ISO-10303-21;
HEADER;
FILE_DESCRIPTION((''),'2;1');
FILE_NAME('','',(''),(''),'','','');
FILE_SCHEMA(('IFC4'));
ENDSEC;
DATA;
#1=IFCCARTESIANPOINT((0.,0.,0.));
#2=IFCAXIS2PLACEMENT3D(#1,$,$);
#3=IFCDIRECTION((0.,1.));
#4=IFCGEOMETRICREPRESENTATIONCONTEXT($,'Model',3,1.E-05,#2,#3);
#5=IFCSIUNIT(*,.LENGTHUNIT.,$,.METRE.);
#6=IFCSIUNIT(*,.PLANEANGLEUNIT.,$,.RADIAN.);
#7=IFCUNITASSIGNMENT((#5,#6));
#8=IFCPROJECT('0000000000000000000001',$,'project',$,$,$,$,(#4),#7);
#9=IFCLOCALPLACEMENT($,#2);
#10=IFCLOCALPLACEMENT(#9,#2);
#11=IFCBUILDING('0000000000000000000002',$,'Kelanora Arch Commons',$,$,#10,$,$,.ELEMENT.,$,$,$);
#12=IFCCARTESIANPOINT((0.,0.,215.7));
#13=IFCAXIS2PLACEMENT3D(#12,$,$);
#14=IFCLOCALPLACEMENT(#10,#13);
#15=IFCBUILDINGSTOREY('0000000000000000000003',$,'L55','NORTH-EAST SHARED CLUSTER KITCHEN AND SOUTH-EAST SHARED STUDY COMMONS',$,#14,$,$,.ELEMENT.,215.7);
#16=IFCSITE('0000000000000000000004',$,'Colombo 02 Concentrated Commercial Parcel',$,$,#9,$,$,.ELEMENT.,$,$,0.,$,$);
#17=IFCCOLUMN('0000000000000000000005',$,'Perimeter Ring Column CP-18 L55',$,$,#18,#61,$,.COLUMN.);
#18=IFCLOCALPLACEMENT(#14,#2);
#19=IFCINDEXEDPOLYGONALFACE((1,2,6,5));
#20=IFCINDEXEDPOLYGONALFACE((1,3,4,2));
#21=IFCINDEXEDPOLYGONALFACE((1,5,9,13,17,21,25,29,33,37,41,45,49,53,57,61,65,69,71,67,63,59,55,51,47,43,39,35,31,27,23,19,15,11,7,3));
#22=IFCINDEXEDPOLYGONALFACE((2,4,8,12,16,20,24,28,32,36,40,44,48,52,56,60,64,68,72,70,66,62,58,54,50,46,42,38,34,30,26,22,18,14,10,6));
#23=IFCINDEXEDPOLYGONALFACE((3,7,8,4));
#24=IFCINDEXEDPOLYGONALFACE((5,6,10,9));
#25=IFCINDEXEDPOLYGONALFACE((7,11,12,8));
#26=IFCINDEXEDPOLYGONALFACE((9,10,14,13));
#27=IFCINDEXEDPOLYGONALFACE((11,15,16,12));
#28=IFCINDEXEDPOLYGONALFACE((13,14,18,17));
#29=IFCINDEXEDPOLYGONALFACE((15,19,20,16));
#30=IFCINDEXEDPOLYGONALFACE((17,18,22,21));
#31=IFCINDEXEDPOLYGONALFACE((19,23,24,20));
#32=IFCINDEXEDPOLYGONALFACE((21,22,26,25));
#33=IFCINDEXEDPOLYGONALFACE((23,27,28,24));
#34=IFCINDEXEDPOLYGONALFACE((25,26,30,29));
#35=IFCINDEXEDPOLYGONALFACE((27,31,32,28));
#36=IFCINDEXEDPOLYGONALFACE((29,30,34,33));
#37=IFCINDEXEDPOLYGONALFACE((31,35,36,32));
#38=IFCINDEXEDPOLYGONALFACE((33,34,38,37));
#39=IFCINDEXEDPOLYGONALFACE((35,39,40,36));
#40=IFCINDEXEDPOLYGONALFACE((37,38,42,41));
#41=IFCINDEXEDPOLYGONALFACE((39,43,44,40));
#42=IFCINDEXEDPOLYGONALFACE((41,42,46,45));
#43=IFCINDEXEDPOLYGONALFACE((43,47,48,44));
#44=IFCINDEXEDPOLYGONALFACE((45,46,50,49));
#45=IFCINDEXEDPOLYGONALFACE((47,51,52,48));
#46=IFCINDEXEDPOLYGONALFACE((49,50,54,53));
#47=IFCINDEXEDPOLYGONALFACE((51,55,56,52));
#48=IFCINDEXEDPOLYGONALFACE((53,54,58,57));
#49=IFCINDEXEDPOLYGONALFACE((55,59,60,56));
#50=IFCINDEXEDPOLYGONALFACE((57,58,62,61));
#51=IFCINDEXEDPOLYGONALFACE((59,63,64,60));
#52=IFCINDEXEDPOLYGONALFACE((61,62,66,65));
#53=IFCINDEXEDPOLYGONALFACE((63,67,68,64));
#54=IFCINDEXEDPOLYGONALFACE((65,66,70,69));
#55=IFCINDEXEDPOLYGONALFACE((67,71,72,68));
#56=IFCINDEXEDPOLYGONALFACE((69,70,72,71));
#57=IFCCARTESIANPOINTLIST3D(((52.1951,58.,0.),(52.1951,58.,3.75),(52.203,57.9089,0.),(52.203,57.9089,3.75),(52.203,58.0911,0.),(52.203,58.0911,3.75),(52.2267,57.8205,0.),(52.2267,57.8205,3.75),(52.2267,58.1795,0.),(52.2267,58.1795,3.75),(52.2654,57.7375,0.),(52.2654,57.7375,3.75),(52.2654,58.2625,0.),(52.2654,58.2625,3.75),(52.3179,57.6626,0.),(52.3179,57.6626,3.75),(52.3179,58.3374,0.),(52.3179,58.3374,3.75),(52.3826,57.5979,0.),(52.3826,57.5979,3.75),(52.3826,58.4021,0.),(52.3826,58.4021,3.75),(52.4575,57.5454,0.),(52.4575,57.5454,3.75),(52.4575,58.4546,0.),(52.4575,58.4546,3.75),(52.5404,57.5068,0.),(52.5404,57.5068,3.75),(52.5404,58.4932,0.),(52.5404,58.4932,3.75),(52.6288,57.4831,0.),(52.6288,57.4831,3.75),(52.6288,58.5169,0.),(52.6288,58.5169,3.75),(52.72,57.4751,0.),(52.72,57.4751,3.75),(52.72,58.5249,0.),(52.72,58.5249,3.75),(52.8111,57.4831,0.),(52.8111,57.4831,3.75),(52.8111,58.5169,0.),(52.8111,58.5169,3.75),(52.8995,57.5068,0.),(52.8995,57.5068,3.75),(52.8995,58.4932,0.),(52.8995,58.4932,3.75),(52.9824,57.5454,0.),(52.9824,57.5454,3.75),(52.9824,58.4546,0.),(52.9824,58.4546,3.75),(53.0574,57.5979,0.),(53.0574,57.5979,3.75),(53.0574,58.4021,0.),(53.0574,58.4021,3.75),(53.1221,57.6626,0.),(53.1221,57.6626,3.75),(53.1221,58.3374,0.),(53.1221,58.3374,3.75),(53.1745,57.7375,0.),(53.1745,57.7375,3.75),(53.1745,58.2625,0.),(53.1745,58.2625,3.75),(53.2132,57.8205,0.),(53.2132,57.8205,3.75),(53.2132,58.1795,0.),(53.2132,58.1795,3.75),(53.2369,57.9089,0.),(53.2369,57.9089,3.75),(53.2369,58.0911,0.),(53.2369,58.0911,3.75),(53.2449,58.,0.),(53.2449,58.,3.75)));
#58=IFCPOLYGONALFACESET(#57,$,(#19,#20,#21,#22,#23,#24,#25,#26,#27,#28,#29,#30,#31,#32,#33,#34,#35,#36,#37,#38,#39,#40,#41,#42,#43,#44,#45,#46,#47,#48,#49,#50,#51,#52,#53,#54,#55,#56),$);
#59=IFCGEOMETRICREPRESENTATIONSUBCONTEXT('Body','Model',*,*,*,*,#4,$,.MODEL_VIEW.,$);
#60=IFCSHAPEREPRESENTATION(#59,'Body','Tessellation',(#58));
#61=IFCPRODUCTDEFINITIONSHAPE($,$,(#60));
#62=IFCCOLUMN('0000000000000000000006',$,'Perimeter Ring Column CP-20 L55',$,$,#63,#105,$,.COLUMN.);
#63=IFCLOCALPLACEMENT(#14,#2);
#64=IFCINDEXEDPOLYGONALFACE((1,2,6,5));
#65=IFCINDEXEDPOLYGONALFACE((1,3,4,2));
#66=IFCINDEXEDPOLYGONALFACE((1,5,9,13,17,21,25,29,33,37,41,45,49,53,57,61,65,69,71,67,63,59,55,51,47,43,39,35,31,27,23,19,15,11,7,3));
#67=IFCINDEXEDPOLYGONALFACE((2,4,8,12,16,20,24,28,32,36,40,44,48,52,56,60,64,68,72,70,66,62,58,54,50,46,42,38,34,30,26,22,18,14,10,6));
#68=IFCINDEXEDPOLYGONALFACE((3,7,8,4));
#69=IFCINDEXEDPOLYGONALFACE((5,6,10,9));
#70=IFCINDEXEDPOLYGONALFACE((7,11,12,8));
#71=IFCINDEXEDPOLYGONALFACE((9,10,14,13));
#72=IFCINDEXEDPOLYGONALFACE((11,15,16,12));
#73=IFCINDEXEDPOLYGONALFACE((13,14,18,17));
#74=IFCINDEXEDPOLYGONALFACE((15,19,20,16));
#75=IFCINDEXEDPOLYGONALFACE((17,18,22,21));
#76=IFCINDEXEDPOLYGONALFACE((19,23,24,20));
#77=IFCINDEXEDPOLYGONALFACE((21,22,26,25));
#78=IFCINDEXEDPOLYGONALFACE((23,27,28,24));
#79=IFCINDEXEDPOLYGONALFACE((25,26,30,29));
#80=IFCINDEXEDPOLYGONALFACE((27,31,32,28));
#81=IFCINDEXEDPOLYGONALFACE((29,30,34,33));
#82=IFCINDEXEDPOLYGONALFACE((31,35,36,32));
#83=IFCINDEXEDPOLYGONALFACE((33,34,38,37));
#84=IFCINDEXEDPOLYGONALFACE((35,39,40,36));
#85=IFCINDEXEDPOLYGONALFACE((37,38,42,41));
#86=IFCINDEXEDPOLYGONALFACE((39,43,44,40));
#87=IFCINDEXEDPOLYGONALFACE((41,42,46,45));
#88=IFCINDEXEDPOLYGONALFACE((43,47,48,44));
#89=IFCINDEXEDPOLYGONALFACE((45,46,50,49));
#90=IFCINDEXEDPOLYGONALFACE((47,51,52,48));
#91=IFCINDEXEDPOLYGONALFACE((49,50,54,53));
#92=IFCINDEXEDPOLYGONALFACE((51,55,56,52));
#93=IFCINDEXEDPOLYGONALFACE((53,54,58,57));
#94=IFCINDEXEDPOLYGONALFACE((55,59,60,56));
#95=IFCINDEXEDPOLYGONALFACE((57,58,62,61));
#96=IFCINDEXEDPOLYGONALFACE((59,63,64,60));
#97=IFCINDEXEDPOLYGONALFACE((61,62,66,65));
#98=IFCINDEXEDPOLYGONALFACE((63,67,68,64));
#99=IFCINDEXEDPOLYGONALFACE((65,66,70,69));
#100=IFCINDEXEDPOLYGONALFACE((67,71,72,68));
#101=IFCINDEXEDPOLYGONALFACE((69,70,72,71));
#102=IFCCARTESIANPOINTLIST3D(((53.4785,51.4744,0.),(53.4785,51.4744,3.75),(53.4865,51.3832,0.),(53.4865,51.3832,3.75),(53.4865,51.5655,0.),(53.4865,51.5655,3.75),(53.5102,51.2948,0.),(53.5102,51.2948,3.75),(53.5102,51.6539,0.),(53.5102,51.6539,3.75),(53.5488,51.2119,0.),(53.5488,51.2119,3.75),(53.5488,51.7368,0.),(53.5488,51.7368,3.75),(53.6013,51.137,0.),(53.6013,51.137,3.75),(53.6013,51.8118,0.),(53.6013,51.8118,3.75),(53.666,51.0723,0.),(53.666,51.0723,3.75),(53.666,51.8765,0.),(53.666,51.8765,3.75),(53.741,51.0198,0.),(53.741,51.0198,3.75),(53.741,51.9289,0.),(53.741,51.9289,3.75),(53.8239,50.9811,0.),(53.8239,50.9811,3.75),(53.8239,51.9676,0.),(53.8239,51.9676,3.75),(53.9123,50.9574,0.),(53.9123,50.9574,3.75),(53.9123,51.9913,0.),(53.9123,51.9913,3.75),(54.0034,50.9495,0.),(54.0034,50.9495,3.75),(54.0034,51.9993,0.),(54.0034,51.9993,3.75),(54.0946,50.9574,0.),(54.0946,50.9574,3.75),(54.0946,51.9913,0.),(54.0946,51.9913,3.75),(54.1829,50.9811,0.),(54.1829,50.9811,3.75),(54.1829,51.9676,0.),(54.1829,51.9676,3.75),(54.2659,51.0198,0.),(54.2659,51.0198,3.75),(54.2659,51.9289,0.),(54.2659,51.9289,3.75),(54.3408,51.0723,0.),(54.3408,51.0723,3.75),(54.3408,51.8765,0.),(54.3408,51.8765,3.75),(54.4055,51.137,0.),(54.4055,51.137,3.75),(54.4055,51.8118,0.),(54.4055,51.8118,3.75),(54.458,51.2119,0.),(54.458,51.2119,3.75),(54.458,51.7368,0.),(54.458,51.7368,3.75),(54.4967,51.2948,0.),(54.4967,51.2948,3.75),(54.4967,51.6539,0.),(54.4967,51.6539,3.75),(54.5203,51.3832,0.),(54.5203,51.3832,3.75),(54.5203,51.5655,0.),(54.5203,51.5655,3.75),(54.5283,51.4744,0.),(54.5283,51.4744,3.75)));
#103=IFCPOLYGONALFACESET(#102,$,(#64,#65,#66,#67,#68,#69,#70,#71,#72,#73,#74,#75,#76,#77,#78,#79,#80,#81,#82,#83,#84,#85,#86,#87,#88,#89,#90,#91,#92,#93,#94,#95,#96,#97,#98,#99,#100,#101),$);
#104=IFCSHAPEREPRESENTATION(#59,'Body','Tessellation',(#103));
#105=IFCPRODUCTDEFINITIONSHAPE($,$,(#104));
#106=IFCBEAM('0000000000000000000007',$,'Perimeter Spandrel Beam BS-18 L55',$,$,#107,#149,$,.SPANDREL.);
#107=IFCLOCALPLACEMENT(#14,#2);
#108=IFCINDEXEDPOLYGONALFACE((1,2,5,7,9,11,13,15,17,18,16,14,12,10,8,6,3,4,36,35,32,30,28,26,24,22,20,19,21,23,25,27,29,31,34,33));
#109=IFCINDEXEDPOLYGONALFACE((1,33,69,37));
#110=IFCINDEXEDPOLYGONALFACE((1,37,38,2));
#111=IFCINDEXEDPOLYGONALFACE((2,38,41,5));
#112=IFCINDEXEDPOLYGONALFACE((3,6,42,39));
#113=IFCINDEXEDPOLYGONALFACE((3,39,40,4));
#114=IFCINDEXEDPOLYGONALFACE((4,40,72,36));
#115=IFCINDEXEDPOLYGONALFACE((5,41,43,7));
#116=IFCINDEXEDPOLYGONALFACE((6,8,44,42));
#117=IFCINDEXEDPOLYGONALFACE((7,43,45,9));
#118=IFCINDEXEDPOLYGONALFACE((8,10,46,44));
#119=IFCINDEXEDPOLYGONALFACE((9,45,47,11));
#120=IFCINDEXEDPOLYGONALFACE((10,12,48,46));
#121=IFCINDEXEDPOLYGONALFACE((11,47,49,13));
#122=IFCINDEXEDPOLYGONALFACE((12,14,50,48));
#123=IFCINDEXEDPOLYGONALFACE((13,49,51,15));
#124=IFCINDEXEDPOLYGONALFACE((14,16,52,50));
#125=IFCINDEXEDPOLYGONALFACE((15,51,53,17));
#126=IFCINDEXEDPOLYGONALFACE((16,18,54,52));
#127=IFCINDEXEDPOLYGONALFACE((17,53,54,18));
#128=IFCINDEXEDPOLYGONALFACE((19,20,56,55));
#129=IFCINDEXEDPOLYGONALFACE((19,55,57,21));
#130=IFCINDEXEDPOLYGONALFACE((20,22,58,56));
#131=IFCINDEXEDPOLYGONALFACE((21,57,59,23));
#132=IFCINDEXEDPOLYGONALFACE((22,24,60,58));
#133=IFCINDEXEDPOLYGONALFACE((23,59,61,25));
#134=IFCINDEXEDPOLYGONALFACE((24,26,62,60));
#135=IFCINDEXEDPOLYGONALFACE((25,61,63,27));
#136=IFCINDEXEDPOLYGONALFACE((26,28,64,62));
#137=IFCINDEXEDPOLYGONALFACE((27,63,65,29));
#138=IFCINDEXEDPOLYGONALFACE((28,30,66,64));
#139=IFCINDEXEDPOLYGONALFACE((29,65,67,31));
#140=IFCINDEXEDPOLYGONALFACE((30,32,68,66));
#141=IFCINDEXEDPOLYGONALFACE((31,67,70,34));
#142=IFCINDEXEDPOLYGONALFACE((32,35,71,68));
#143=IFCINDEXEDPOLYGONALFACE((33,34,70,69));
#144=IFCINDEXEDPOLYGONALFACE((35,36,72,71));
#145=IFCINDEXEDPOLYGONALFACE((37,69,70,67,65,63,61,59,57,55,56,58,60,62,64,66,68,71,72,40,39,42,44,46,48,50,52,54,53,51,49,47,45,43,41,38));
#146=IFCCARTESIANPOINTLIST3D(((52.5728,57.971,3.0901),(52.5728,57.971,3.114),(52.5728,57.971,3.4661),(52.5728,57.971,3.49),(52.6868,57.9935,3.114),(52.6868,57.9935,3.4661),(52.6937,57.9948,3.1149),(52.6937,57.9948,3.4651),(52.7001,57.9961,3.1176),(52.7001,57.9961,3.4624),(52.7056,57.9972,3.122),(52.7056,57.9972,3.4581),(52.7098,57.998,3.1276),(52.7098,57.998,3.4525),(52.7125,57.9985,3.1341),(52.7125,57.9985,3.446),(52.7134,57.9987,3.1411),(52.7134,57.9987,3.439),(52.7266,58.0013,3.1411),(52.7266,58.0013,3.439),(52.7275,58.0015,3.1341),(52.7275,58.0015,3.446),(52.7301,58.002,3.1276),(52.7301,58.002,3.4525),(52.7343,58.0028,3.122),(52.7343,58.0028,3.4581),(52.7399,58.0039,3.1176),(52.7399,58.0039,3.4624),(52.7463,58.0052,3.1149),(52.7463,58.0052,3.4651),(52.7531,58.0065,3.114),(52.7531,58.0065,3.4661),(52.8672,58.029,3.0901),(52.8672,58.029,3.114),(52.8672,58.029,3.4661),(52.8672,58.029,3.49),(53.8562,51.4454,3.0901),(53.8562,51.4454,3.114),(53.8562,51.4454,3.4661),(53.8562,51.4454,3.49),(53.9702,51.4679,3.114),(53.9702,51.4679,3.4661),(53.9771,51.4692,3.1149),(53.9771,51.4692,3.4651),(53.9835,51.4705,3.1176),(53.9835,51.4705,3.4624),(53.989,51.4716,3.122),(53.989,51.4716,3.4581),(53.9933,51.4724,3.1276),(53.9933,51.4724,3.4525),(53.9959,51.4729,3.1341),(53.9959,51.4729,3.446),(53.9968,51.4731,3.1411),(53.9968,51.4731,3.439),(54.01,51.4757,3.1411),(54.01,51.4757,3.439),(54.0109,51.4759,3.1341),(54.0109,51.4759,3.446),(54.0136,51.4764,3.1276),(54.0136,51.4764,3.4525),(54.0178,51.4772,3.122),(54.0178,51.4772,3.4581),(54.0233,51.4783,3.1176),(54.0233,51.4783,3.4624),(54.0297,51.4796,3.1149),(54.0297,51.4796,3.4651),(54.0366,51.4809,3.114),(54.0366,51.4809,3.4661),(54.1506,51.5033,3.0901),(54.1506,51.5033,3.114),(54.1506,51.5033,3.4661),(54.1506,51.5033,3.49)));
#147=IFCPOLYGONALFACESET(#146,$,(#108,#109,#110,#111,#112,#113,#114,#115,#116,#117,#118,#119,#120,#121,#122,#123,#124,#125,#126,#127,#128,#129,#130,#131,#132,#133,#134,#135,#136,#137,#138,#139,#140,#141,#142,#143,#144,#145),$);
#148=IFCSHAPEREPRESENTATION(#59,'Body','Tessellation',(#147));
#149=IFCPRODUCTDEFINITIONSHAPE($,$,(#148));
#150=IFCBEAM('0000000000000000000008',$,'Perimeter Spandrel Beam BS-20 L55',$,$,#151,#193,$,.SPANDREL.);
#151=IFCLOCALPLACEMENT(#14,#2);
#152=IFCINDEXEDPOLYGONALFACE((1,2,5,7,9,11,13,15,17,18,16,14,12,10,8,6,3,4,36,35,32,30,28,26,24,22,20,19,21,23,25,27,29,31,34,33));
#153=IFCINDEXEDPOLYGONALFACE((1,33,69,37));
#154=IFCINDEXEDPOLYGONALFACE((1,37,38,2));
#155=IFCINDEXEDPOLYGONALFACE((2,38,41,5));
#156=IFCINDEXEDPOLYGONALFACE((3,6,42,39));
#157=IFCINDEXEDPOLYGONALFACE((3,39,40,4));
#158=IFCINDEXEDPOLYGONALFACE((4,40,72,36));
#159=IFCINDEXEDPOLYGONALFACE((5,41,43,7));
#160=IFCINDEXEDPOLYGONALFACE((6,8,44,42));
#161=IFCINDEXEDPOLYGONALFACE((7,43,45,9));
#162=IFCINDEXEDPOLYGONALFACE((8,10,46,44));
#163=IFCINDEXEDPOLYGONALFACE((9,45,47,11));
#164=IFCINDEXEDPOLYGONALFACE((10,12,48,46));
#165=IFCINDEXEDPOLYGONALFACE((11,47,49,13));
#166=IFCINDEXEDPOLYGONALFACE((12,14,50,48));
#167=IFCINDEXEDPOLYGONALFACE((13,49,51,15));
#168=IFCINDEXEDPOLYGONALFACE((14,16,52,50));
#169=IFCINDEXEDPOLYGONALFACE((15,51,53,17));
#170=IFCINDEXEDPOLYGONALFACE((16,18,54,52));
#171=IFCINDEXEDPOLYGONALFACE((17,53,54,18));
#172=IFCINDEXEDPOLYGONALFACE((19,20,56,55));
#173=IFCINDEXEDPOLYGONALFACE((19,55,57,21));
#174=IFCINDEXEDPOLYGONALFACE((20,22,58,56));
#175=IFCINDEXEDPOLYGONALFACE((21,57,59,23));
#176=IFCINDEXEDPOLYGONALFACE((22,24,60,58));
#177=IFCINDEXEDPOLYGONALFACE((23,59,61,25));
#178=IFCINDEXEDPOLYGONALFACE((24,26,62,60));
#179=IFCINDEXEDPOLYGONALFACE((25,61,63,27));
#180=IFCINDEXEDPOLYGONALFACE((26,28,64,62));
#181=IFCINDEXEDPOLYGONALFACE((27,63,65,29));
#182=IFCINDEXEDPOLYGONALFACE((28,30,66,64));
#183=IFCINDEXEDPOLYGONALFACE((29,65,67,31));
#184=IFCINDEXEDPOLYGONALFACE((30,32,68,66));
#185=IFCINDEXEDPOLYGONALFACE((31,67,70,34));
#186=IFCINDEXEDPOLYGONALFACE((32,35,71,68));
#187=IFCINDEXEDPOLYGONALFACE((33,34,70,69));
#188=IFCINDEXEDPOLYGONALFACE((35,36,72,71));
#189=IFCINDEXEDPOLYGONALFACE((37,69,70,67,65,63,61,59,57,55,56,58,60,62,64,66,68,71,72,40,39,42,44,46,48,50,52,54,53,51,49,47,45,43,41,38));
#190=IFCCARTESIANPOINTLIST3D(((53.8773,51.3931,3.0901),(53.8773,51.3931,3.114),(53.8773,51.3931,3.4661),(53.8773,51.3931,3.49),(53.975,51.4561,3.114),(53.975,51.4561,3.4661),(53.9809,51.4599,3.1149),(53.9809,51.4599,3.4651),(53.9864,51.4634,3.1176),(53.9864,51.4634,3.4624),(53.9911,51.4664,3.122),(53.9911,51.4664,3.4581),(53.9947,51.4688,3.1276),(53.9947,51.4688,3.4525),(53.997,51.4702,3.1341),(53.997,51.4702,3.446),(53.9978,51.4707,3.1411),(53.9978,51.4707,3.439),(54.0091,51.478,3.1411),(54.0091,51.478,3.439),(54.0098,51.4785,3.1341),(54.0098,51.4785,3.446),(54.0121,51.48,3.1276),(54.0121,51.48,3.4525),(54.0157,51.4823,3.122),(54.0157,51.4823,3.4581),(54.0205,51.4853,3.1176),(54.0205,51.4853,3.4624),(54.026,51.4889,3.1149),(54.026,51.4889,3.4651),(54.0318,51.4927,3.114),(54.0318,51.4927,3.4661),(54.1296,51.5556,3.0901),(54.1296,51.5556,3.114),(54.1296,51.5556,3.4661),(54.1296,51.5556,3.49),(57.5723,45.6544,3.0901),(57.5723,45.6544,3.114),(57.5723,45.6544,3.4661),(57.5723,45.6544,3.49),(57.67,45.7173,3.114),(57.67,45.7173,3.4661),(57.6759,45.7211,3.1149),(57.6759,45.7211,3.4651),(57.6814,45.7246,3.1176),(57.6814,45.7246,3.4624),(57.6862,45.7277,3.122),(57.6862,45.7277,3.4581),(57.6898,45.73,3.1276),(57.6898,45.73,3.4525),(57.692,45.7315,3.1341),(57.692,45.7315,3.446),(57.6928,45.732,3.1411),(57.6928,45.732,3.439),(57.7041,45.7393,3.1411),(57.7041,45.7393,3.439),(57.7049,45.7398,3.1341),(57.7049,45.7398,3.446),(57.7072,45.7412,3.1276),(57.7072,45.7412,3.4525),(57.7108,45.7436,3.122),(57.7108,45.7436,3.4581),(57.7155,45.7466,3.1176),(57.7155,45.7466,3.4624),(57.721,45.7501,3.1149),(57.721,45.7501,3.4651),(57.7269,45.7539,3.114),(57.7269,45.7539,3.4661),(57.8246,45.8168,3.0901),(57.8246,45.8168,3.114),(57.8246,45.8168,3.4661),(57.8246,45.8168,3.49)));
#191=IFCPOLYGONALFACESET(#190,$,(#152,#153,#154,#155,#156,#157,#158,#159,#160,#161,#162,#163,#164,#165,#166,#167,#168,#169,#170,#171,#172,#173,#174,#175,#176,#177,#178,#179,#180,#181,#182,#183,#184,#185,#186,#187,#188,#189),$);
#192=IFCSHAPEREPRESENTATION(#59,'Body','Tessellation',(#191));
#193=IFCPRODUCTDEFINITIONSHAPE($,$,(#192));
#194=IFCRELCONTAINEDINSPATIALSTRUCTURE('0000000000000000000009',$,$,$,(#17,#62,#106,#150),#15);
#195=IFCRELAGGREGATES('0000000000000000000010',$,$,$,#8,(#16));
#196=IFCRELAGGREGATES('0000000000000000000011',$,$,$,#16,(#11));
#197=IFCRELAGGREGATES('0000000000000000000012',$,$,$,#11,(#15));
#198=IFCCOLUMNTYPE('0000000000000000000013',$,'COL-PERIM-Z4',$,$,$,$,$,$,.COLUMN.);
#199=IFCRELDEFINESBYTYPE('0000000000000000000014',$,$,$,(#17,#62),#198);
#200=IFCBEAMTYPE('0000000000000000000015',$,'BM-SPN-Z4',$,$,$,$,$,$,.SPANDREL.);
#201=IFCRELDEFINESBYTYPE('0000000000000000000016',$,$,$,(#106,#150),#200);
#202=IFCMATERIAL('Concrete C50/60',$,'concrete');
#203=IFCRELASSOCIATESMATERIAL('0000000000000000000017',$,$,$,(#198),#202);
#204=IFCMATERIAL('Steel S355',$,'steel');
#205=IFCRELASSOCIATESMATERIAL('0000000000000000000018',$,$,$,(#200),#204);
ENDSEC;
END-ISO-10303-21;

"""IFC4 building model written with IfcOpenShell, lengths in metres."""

from ifc_helpers import new_model, si_unit, direction, frame, origin, origin_2d, place, context, subcontext, project, spatial, circle, i_section, extrude, material, material_profile, profile_set, type_object, element, save


model = new_model("IFC4")

# Units and contexts
model_context = context("Model", 3, precision=1e-05, world=origin(), true_north=direction((0.0, 1.0)))
body_context = subcontext(model_context, "Body", "Model", "MODEL_VIEW")
ifc_project = project(units=[si_unit("LENGTHUNIT", "METRE"), si_unit("PLANEANGLEUNIT", "RADIAN")], contexts=[model_context])

# Site, building, storey
site_placement = place(None, origin())
site = spatial("IfcSite", under=ifc_project, at=site_placement, Name="Colombo 02 Concentrated Commercial Parcel", CompositionType="ELEMENT", RefElevation=0.0)
building_placement = place(site_placement, origin())
building = spatial("IfcBuilding", under=site, at=building_placement, Name="Kelanora Arch Commons", CompositionType="ELEMENT")
storey_placement = place(building_placement, frame((0.0, 0.0, 215.7)))
storey = spatial("IfcBuildingStorey", under=building, at=storey_placement, Name="L55", Description="NORTH-EAST SHARED CLUSTER KITCHEN AND SOUTH-EAST SHARED STUDY COMMONS", CompositionType="ELEMENT", Elevation=215.7)

# Columns
ifc_material_1 = material(Name="Concrete C50/60", Category="concrete")
ifc_material_profile_1 = material_profile(ifc_material_1, circle(Radius=0.5249, at=origin_2d()), Name="RCC1050")
ifc_profile_set_1 = profile_set([ifc_material_profile_1], Name="Concrete C50/60")
column_type = type_object("IfcColumnType", Name="COL-PERIM-Z4", PredefinedType="COLUMN", material=ifc_profile_set_1)
for number, where, z_axis, x_axis, name in (
    (1, (52.72, 58.0, 0.0), (0.0, 0.0, 1.0), (1.0, 0.0, 0.0), "Perimeter Ring Column CP-18 L55"),
    (2, (54.0034, 51.4744, 0.0), (0.0, 0.0, 1.0), (1.0, 0.0, 0.0), "Perimeter Ring Column CP-20 L55"),
):
    element("IfcColumn", number, at=place(storey_placement, frame(where, z_axis=z_axis, x_axis=x_axis)), inside=storey, type_object=column_type, Name=name, PredefinedType="COLUMN", context=body_context, shape_type="SweptSolid", body=[
        extrude(circle(Radius=0.5249, at=origin_2d()), origin(), (0.0, 0.0, 1.0), 3.75),
    ])

# Beams
ifc_material_2 = material(Name="Steel S355", Category="steel")
ifc_material_profile_2 = material_profile(ifc_material_2, i_section(OverallWidth=0.3, OverallDepth=0.3999, WebThickness=0.0134, FlangeThickness=0.0239, FilletRadius=0.0271, at=origin_2d()), Name="HEB400")
ifc_profile_set_2 = profile_set([ifc_material_profile_2], Name="Steel S355")
beam_type = type_object("IfcBeamType", Name="BM-SPN-Z4", PredefinedType="SPANDREL", material=ifc_profile_set_2)
beam_1_placement = place(storey_placement, frame((52.72, 58.0, 3.29), z_axis=(0.192981, -0.981203, 0.0), x_axis=(0.981203, 0.192981, 0.0)))
element("IfcBeam", 3, at=beam_1_placement, inside=storey, type_object=beam_type, Name="Perimeter Spandrel Beam BS-18 L55", PredefinedType="SPANDREL", context=body_context, shape_type="SweptSolid", body=[
    extrude(i_section(OverallWidth=0.3, OverallDepth=0.3999, WebThickness=0.0134, FlangeThickness=0.0239, FilletRadius=0.0271, at=origin_2d()), origin(), (0.0, 0.0, 1.0), 6.6506),
])
beam_2_placement = place(storey_placement, frame((54.0034, 51.4744, 3.29), z_axis=(0.541365, -0.840788, 0.0), x_axis=(0.840788, 0.541365, 0.0)))
element("IfcBeam", 4, at=beam_2_placement, inside=storey, type_object=beam_type, Name="Perimeter Spandrel Beam BS-20 L55", PredefinedType="SPANDREL", context=body_context, shape_type="SweptSolid", body=[
    extrude(i_section(OverallWidth=0.3, OverallDepth=0.3999, WebThickness=0.0134, FlangeThickness=0.0239, FilletRadius=0.0271, at=origin_2d()), origin(), (0.0, 0.0, 1.0), 6.8254),
])

save(model, "model.ifc")
